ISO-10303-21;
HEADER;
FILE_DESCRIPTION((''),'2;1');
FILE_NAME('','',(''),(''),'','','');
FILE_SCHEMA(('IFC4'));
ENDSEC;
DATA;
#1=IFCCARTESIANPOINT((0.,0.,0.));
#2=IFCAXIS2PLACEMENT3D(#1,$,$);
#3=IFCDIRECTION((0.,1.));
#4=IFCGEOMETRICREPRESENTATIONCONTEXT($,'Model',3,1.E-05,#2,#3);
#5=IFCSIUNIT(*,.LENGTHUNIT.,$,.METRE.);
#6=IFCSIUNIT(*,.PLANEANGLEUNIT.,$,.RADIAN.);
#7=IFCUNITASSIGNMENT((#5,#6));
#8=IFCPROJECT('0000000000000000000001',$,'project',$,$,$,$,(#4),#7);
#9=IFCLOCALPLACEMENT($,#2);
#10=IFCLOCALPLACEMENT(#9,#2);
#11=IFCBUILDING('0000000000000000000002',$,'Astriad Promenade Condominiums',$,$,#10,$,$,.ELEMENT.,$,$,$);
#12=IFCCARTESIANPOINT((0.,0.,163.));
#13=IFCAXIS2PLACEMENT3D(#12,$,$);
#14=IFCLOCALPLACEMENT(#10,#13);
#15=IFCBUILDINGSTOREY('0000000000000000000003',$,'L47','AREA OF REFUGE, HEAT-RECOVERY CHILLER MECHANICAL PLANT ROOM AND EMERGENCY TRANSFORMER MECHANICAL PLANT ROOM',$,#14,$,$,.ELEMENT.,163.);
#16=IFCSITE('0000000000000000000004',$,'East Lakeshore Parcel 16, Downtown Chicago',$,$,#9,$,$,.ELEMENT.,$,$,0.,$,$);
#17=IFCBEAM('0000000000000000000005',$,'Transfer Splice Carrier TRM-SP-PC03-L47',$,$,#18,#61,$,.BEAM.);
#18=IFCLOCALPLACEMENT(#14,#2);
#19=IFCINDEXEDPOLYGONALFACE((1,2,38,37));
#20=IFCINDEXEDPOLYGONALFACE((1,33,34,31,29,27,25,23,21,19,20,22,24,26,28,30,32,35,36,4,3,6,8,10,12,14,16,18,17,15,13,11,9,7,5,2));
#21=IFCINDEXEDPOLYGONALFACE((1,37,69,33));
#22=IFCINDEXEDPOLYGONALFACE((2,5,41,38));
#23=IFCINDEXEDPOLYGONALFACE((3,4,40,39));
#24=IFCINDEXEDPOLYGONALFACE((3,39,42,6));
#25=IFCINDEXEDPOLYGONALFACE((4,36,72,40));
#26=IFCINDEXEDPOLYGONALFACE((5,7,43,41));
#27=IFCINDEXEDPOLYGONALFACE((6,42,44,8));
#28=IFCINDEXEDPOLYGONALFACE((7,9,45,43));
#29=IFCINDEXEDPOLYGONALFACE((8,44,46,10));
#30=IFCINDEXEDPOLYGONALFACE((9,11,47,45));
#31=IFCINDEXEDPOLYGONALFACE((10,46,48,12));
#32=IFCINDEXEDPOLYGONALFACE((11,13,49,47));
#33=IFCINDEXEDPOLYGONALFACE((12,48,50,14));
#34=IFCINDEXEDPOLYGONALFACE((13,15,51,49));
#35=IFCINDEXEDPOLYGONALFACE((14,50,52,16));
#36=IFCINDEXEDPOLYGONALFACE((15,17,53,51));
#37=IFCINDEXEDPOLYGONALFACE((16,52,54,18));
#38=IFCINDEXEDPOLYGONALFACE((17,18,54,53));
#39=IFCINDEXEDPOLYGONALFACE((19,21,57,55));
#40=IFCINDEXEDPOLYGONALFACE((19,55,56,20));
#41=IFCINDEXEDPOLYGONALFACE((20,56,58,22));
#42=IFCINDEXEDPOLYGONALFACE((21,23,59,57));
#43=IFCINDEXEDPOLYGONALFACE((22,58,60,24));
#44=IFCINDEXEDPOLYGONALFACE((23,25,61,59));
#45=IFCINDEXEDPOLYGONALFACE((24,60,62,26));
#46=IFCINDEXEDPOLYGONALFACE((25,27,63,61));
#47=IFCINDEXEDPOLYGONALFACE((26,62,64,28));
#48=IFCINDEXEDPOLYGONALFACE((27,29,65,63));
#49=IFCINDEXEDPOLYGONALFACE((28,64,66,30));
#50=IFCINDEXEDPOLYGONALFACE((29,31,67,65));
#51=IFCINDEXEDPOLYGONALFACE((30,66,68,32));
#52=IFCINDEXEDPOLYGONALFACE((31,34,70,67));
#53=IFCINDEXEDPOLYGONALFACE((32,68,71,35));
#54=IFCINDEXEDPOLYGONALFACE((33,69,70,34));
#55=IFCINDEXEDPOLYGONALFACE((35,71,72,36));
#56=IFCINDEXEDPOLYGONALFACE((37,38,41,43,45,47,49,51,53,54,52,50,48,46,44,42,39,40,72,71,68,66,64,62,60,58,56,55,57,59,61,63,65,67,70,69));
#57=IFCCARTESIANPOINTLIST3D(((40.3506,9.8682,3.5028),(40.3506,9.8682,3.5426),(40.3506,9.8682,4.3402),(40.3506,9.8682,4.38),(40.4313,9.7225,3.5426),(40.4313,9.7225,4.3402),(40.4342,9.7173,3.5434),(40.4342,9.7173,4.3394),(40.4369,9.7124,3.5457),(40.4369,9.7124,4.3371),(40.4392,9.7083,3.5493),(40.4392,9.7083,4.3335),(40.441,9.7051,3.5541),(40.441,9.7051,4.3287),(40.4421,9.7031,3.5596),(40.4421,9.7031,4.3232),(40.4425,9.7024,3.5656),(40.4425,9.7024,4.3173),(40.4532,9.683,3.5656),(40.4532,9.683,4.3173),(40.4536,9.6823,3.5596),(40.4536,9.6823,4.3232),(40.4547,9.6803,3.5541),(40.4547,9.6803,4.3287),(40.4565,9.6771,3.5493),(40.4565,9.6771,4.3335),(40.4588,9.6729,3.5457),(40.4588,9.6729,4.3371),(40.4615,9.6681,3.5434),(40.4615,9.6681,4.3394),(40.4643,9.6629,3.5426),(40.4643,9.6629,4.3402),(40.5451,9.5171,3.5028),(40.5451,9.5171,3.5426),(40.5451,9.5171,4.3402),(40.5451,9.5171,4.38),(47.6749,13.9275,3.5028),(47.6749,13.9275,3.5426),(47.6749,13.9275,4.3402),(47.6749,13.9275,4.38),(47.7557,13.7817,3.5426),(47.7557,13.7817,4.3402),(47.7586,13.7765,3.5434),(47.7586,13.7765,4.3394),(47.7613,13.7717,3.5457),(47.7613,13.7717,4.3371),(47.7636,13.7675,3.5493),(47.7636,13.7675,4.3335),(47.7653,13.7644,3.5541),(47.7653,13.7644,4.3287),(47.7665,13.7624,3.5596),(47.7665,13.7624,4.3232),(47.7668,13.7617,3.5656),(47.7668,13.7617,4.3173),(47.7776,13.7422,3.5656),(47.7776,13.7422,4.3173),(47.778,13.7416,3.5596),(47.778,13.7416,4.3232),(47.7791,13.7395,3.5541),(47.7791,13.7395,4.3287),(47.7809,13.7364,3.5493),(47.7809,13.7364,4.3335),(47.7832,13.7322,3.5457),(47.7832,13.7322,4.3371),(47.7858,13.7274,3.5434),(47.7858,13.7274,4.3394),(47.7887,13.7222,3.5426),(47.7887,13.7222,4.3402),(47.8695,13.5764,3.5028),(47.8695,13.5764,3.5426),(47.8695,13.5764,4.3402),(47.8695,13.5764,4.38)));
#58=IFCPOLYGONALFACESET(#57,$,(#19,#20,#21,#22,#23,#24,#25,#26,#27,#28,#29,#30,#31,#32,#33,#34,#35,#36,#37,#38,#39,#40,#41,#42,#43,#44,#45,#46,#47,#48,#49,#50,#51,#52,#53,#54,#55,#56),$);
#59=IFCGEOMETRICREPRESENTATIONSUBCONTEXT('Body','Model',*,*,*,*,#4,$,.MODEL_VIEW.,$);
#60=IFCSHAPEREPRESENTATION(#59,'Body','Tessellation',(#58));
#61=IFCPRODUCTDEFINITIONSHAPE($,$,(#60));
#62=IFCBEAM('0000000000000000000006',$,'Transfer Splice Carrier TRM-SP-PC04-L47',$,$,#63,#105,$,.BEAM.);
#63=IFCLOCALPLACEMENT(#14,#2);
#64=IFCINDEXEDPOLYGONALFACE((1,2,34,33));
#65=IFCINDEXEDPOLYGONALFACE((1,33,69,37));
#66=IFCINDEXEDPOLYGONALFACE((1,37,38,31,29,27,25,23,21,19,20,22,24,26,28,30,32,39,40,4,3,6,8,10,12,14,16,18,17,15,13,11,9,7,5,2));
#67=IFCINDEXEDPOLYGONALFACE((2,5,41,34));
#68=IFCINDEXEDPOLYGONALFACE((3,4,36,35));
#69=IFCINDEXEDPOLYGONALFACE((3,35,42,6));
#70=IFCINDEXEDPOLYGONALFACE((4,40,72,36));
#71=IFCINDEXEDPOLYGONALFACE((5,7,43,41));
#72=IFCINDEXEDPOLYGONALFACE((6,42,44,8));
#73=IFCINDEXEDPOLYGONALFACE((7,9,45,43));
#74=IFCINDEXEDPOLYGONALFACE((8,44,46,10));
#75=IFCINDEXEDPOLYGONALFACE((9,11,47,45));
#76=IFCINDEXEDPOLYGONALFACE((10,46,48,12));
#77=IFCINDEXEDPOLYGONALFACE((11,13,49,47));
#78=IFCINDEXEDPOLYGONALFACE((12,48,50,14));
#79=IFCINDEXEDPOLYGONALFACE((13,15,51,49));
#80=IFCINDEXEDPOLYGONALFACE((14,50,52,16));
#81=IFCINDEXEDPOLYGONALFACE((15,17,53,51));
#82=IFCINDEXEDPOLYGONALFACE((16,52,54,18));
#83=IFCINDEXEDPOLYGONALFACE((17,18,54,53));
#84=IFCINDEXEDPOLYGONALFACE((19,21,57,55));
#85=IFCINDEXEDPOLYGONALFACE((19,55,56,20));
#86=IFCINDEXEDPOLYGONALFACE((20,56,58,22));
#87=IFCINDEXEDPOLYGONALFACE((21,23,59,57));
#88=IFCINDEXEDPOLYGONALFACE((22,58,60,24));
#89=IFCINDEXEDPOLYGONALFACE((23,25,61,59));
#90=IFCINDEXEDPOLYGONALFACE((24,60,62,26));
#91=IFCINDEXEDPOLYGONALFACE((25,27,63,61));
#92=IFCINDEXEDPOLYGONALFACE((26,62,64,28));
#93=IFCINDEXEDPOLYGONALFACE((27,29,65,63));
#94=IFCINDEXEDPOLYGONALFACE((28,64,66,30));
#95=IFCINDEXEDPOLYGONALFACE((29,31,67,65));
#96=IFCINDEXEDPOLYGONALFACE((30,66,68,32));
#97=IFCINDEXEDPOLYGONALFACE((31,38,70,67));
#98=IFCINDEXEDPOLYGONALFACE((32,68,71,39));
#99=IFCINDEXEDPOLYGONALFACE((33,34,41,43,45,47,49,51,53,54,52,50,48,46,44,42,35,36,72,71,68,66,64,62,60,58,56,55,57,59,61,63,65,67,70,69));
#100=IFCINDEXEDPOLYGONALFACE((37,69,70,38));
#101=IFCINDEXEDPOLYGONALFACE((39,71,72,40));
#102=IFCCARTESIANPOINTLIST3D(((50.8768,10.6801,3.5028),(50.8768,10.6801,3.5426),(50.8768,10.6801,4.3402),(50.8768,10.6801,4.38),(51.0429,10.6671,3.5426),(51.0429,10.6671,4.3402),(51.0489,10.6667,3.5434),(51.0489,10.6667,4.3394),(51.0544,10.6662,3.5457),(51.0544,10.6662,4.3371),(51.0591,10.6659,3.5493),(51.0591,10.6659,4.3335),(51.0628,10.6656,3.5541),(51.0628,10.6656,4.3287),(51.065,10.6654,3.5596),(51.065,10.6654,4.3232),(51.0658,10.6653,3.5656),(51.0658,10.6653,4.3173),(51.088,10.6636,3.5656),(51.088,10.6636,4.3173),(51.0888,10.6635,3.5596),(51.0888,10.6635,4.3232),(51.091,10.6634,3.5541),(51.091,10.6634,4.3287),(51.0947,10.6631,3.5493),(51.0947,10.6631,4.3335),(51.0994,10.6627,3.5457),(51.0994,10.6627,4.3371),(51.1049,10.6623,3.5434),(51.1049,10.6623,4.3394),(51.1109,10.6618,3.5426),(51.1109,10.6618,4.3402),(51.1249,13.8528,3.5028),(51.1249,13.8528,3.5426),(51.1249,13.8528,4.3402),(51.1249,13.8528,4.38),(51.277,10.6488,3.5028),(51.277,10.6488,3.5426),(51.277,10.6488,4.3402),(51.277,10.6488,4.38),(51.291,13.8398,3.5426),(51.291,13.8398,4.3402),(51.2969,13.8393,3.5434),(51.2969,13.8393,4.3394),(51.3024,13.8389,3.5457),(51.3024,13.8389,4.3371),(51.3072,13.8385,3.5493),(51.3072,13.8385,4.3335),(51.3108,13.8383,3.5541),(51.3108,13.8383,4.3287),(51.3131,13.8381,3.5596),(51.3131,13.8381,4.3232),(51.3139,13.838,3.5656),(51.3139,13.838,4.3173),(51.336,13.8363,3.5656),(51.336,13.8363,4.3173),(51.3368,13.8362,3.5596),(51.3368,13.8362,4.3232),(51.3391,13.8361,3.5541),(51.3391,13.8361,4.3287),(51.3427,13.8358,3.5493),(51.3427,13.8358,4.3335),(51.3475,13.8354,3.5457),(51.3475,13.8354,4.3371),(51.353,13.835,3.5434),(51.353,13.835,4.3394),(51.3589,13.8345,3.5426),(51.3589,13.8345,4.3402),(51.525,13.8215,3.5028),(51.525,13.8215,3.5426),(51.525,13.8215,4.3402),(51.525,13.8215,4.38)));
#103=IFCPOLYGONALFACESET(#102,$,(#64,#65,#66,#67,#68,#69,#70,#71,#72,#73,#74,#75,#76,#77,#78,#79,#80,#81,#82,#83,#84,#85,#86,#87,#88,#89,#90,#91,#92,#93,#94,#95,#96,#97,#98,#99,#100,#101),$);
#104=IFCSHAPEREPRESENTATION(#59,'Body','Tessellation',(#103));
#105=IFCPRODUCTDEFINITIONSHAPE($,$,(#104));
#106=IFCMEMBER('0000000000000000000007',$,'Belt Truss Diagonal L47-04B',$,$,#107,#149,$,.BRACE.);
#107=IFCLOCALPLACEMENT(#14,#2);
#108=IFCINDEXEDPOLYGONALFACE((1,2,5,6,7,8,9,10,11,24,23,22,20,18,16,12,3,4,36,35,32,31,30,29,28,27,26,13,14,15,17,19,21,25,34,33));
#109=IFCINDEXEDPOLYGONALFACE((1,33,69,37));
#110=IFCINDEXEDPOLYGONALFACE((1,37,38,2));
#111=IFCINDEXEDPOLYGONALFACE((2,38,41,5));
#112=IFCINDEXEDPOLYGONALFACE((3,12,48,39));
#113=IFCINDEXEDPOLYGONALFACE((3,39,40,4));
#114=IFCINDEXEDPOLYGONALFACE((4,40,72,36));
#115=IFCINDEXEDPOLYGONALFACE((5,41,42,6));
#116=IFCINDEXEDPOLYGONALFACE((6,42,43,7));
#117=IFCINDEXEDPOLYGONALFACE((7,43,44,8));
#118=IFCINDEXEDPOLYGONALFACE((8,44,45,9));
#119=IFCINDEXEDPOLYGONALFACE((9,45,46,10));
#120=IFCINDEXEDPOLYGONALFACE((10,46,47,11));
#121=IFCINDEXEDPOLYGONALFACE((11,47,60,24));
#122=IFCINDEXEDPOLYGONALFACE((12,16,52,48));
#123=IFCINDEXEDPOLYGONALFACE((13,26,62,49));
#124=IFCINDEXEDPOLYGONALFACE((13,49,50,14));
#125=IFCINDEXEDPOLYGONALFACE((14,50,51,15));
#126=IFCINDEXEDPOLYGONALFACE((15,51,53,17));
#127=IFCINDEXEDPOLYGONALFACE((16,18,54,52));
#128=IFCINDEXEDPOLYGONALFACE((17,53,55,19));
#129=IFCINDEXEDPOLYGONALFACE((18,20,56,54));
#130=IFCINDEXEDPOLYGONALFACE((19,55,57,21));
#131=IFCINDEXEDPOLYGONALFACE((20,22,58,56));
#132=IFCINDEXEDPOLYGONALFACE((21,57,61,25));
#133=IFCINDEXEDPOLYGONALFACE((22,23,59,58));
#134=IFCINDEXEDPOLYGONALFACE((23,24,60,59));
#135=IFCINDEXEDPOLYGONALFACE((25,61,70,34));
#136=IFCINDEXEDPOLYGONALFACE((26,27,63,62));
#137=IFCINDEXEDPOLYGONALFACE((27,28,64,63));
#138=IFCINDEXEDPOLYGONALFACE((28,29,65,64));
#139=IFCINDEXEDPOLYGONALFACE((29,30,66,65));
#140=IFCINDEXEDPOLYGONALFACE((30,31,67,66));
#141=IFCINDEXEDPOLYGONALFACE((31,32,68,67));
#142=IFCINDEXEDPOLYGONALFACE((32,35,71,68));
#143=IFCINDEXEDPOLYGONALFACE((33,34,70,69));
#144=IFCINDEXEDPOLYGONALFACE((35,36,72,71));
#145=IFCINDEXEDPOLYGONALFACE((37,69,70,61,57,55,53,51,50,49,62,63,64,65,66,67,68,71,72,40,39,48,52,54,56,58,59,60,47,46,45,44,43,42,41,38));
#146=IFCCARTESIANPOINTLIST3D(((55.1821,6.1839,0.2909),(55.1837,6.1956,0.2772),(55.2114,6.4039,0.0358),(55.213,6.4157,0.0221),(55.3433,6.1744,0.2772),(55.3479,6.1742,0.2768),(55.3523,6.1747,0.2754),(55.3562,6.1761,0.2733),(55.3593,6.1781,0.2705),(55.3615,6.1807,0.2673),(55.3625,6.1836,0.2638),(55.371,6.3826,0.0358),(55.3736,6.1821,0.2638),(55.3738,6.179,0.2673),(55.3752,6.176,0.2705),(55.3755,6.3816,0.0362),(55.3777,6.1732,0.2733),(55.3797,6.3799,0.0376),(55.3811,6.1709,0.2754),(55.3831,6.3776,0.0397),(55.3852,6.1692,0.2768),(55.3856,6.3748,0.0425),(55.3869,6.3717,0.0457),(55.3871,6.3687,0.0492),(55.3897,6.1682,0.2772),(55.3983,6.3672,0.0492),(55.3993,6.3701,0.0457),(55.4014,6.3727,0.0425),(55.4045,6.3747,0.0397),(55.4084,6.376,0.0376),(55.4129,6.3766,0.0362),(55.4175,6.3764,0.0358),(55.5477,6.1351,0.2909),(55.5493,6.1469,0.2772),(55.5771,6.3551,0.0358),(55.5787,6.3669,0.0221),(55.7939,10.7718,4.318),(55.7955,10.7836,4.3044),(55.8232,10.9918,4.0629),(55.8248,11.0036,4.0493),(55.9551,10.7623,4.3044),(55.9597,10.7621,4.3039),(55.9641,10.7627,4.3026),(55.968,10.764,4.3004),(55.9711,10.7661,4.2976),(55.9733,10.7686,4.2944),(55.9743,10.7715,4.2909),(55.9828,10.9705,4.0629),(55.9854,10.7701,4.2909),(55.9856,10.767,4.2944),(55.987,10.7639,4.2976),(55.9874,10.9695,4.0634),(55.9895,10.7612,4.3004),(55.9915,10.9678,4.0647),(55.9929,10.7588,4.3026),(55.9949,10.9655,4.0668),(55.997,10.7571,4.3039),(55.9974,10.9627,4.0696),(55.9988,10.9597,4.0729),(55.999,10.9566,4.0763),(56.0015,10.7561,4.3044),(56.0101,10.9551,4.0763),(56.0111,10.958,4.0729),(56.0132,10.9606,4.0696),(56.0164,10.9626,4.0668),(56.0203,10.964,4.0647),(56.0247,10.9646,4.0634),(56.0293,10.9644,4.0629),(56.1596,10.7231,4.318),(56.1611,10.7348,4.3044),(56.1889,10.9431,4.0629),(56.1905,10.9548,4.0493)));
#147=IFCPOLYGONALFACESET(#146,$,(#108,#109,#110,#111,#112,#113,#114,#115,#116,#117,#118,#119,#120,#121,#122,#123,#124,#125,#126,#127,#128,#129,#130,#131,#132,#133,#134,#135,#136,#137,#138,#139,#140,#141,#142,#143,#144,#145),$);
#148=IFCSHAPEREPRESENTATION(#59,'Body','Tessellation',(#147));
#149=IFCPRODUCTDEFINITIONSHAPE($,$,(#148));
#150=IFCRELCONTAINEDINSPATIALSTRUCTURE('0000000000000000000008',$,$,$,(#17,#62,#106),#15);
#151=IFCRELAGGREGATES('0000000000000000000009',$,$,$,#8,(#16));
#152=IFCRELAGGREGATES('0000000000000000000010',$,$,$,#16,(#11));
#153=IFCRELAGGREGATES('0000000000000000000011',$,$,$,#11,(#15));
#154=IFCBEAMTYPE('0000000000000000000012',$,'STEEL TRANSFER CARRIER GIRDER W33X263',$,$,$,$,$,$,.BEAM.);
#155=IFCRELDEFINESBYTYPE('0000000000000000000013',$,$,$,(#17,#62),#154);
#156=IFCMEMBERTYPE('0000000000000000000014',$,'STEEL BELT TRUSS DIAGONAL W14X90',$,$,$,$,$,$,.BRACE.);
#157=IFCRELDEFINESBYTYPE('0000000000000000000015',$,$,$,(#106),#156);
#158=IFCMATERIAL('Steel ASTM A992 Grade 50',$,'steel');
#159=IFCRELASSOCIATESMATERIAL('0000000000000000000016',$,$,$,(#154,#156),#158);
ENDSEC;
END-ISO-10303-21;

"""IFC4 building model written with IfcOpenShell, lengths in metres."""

from ifc_helpers import new_model, si_unit, direction, frame, origin, origin_2d, place, context, subcontext, project, spatial, i_section, extrude, source, transform, mapped, material, material_profile, profile_set, type_object, type_shapes, element, save


model = new_model("IFC4")

# Units and contexts
model_context = context("Model", 3, precision=1e-05, world=origin(), true_north=direction((0.0, 1.0)))
body_context = subcontext(model_context, "Body", "Model", "MODEL_VIEW")
ifc_project = project(units=[si_unit("LENGTHUNIT", "METRE"), si_unit("PLANEANGLEUNIT", "RADIAN")], contexts=[model_context])

# Site, building, storey
site_placement = place(None, origin())
site = spatial("IfcSite", under=ifc_project, at=site_placement, Name="East Lakeshore Parcel 16, Downtown Chicago", CompositionType="ELEMENT", RefElevation=0.0)
building_placement = place(site_placement, origin())
building = spatial("IfcBuilding", under=site, at=building_placement, Name="Astriad Promenade Condominiums", CompositionType="ELEMENT")
storey_placement = place(building_placement, frame((0.0, 0.0, 163.0)))
storey = spatial("IfcBuildingStorey", under=building, at=storey_placement, Name="L47", Description="AREA OF REFUGE, HEAT-RECOVERY CHILLER MECHANICAL PLANT ROOM AND EMERGENCY TRANSFORMER MECHANICAL PLANT ROOM", CompositionType="ELEMENT", Elevation=163.0)

# Shared definitions
ifc_material_1 = material(Name="Steel ASTM A992 Grade 50", Category="steel")

# Beams
ifc_material_profile_1 = material_profile(ifc_material_1, i_section(OverallWidth=0.4014, OverallDepth=0.8772, WebThickness=0.0222, FlangeThickness=0.0398, FilletRadius=0.0229, at=origin_2d()), Name="W33X263")
ifc_profile_set_1 = profile_set([ifc_material_profile_1], Name="Steel ASTM A992 Grade 50")
beam_type_1 = type_object("IfcBeamType", Name="STEEL TRANSFER CARRIER GIRDER W33X263", PredefinedType="BEAM", material=ifc_profile_set_1)
shared_shape_1 = source(origin(), body_context, "Body", "SweptSolid", [
    extrude(i_section(OverallWidth=0.4014, OverallDepth=0.8772, WebThickness=0.0222, FlangeThickness=0.0398, FilletRadius=0.0229, at=origin_2d()), origin(), (0.0, 0.0, 1.0), 8.374),
])
beam_1_placement = place(storey_placement, frame((47.7722, 13.752, 3.9414), z_axis=(-0.874655, -0.484747, 0.0), x_axis=(0.484747, -0.874655, 0.0)))
element("IfcBeam", 1, at=beam_1_placement, inside=storey, type_object=beam_type_1, Name="Transfer Splice Carrier TRM-SP-PC03-L47", PredefinedType="BEAM", context=body_context, shape_type="MappedRepresentation", body=[
    mapped(shared_shape_1, transform((0.0, 0.0, 0.0), scale=1.0)),
])
shared_shape_2 = source(origin(), body_context, "Body", "SweptSolid", [
    extrude(i_section(OverallWidth=0.4014, OverallDepth=0.8772, WebThickness=0.0222, FlangeThickness=0.0398, FilletRadius=0.0229, at=origin_2d()), origin(), (0.0, 0.0, 1.0), 3.1824),
])
type_shapes(beam_type_1, [shared_shape_1, shared_shape_2])
beam_2_placement = place(storey_placement, frame((51.325, 13.8372, 3.9414), z_axis=(-0.077946, -0.996958, 0.0), x_axis=(0.996958, -0.077946, 0.0)))
element("IfcBeam", 2, at=beam_2_placement, inside=storey, type_object=beam_type_1, Name="Transfer Splice Carrier TRM-SP-PC04-L47", PredefinedType="BEAM", context=body_context, shape_type="MappedRepresentation", body=[
    mapped(shared_shape_2, transform((0.0, 0.0, 0.0), scale=1.0)),
])

# Member
ifc_material_profile_2 = material_profile(ifc_material_1, i_section(OverallWidth=0.3689, OverallDepth=0.3562, WebThickness=0.0112, FlangeThickness=0.0181, FilletRadius=0.0178, at=origin_2d()), Name="W14X90")
ifc_profile_set_2 = profile_set([ifc_material_profile_2], Name="Steel ASTM A992 Grade 50")
member_type_1 = type_object("IfcMemberType", Name="STEEL BELT TRUSS DIAGONAL W14X90", PredefinedType="BRACE", material=ifc_profile_set_2)
shared_shape_3 = source(origin(), body_context, "Body", "SweptSolid", [
    extrude(i_section(OverallWidth=0.3689, OverallDepth=0.3562, WebThickness=0.0112, FlangeThickness=0.0181, FilletRadius=0.0178, at=origin_2d()), origin(), (0.0, 0.0, 1.0), 6.1353),
])
member_1_placement = place(storey_placement, frame((55.3804, 6.2754, 0.1565), z_axis=(0.099722, 0.747799, 0.656393), x_axis=(-0.991225, 0.132184, 0.0)))
element("IfcMember", 3, at=member_1_placement, inside=storey, type_object=member_type_1, Name="Belt Truss Diagonal L47-04B", PredefinedType="BRACE", context=body_context, shape_type="MappedRepresentation", body=[
    mapped(shared_shape_3, transform((0.0, 0.0, 0.0), scale=1.0)),
])

save(model, "model.ifc")
